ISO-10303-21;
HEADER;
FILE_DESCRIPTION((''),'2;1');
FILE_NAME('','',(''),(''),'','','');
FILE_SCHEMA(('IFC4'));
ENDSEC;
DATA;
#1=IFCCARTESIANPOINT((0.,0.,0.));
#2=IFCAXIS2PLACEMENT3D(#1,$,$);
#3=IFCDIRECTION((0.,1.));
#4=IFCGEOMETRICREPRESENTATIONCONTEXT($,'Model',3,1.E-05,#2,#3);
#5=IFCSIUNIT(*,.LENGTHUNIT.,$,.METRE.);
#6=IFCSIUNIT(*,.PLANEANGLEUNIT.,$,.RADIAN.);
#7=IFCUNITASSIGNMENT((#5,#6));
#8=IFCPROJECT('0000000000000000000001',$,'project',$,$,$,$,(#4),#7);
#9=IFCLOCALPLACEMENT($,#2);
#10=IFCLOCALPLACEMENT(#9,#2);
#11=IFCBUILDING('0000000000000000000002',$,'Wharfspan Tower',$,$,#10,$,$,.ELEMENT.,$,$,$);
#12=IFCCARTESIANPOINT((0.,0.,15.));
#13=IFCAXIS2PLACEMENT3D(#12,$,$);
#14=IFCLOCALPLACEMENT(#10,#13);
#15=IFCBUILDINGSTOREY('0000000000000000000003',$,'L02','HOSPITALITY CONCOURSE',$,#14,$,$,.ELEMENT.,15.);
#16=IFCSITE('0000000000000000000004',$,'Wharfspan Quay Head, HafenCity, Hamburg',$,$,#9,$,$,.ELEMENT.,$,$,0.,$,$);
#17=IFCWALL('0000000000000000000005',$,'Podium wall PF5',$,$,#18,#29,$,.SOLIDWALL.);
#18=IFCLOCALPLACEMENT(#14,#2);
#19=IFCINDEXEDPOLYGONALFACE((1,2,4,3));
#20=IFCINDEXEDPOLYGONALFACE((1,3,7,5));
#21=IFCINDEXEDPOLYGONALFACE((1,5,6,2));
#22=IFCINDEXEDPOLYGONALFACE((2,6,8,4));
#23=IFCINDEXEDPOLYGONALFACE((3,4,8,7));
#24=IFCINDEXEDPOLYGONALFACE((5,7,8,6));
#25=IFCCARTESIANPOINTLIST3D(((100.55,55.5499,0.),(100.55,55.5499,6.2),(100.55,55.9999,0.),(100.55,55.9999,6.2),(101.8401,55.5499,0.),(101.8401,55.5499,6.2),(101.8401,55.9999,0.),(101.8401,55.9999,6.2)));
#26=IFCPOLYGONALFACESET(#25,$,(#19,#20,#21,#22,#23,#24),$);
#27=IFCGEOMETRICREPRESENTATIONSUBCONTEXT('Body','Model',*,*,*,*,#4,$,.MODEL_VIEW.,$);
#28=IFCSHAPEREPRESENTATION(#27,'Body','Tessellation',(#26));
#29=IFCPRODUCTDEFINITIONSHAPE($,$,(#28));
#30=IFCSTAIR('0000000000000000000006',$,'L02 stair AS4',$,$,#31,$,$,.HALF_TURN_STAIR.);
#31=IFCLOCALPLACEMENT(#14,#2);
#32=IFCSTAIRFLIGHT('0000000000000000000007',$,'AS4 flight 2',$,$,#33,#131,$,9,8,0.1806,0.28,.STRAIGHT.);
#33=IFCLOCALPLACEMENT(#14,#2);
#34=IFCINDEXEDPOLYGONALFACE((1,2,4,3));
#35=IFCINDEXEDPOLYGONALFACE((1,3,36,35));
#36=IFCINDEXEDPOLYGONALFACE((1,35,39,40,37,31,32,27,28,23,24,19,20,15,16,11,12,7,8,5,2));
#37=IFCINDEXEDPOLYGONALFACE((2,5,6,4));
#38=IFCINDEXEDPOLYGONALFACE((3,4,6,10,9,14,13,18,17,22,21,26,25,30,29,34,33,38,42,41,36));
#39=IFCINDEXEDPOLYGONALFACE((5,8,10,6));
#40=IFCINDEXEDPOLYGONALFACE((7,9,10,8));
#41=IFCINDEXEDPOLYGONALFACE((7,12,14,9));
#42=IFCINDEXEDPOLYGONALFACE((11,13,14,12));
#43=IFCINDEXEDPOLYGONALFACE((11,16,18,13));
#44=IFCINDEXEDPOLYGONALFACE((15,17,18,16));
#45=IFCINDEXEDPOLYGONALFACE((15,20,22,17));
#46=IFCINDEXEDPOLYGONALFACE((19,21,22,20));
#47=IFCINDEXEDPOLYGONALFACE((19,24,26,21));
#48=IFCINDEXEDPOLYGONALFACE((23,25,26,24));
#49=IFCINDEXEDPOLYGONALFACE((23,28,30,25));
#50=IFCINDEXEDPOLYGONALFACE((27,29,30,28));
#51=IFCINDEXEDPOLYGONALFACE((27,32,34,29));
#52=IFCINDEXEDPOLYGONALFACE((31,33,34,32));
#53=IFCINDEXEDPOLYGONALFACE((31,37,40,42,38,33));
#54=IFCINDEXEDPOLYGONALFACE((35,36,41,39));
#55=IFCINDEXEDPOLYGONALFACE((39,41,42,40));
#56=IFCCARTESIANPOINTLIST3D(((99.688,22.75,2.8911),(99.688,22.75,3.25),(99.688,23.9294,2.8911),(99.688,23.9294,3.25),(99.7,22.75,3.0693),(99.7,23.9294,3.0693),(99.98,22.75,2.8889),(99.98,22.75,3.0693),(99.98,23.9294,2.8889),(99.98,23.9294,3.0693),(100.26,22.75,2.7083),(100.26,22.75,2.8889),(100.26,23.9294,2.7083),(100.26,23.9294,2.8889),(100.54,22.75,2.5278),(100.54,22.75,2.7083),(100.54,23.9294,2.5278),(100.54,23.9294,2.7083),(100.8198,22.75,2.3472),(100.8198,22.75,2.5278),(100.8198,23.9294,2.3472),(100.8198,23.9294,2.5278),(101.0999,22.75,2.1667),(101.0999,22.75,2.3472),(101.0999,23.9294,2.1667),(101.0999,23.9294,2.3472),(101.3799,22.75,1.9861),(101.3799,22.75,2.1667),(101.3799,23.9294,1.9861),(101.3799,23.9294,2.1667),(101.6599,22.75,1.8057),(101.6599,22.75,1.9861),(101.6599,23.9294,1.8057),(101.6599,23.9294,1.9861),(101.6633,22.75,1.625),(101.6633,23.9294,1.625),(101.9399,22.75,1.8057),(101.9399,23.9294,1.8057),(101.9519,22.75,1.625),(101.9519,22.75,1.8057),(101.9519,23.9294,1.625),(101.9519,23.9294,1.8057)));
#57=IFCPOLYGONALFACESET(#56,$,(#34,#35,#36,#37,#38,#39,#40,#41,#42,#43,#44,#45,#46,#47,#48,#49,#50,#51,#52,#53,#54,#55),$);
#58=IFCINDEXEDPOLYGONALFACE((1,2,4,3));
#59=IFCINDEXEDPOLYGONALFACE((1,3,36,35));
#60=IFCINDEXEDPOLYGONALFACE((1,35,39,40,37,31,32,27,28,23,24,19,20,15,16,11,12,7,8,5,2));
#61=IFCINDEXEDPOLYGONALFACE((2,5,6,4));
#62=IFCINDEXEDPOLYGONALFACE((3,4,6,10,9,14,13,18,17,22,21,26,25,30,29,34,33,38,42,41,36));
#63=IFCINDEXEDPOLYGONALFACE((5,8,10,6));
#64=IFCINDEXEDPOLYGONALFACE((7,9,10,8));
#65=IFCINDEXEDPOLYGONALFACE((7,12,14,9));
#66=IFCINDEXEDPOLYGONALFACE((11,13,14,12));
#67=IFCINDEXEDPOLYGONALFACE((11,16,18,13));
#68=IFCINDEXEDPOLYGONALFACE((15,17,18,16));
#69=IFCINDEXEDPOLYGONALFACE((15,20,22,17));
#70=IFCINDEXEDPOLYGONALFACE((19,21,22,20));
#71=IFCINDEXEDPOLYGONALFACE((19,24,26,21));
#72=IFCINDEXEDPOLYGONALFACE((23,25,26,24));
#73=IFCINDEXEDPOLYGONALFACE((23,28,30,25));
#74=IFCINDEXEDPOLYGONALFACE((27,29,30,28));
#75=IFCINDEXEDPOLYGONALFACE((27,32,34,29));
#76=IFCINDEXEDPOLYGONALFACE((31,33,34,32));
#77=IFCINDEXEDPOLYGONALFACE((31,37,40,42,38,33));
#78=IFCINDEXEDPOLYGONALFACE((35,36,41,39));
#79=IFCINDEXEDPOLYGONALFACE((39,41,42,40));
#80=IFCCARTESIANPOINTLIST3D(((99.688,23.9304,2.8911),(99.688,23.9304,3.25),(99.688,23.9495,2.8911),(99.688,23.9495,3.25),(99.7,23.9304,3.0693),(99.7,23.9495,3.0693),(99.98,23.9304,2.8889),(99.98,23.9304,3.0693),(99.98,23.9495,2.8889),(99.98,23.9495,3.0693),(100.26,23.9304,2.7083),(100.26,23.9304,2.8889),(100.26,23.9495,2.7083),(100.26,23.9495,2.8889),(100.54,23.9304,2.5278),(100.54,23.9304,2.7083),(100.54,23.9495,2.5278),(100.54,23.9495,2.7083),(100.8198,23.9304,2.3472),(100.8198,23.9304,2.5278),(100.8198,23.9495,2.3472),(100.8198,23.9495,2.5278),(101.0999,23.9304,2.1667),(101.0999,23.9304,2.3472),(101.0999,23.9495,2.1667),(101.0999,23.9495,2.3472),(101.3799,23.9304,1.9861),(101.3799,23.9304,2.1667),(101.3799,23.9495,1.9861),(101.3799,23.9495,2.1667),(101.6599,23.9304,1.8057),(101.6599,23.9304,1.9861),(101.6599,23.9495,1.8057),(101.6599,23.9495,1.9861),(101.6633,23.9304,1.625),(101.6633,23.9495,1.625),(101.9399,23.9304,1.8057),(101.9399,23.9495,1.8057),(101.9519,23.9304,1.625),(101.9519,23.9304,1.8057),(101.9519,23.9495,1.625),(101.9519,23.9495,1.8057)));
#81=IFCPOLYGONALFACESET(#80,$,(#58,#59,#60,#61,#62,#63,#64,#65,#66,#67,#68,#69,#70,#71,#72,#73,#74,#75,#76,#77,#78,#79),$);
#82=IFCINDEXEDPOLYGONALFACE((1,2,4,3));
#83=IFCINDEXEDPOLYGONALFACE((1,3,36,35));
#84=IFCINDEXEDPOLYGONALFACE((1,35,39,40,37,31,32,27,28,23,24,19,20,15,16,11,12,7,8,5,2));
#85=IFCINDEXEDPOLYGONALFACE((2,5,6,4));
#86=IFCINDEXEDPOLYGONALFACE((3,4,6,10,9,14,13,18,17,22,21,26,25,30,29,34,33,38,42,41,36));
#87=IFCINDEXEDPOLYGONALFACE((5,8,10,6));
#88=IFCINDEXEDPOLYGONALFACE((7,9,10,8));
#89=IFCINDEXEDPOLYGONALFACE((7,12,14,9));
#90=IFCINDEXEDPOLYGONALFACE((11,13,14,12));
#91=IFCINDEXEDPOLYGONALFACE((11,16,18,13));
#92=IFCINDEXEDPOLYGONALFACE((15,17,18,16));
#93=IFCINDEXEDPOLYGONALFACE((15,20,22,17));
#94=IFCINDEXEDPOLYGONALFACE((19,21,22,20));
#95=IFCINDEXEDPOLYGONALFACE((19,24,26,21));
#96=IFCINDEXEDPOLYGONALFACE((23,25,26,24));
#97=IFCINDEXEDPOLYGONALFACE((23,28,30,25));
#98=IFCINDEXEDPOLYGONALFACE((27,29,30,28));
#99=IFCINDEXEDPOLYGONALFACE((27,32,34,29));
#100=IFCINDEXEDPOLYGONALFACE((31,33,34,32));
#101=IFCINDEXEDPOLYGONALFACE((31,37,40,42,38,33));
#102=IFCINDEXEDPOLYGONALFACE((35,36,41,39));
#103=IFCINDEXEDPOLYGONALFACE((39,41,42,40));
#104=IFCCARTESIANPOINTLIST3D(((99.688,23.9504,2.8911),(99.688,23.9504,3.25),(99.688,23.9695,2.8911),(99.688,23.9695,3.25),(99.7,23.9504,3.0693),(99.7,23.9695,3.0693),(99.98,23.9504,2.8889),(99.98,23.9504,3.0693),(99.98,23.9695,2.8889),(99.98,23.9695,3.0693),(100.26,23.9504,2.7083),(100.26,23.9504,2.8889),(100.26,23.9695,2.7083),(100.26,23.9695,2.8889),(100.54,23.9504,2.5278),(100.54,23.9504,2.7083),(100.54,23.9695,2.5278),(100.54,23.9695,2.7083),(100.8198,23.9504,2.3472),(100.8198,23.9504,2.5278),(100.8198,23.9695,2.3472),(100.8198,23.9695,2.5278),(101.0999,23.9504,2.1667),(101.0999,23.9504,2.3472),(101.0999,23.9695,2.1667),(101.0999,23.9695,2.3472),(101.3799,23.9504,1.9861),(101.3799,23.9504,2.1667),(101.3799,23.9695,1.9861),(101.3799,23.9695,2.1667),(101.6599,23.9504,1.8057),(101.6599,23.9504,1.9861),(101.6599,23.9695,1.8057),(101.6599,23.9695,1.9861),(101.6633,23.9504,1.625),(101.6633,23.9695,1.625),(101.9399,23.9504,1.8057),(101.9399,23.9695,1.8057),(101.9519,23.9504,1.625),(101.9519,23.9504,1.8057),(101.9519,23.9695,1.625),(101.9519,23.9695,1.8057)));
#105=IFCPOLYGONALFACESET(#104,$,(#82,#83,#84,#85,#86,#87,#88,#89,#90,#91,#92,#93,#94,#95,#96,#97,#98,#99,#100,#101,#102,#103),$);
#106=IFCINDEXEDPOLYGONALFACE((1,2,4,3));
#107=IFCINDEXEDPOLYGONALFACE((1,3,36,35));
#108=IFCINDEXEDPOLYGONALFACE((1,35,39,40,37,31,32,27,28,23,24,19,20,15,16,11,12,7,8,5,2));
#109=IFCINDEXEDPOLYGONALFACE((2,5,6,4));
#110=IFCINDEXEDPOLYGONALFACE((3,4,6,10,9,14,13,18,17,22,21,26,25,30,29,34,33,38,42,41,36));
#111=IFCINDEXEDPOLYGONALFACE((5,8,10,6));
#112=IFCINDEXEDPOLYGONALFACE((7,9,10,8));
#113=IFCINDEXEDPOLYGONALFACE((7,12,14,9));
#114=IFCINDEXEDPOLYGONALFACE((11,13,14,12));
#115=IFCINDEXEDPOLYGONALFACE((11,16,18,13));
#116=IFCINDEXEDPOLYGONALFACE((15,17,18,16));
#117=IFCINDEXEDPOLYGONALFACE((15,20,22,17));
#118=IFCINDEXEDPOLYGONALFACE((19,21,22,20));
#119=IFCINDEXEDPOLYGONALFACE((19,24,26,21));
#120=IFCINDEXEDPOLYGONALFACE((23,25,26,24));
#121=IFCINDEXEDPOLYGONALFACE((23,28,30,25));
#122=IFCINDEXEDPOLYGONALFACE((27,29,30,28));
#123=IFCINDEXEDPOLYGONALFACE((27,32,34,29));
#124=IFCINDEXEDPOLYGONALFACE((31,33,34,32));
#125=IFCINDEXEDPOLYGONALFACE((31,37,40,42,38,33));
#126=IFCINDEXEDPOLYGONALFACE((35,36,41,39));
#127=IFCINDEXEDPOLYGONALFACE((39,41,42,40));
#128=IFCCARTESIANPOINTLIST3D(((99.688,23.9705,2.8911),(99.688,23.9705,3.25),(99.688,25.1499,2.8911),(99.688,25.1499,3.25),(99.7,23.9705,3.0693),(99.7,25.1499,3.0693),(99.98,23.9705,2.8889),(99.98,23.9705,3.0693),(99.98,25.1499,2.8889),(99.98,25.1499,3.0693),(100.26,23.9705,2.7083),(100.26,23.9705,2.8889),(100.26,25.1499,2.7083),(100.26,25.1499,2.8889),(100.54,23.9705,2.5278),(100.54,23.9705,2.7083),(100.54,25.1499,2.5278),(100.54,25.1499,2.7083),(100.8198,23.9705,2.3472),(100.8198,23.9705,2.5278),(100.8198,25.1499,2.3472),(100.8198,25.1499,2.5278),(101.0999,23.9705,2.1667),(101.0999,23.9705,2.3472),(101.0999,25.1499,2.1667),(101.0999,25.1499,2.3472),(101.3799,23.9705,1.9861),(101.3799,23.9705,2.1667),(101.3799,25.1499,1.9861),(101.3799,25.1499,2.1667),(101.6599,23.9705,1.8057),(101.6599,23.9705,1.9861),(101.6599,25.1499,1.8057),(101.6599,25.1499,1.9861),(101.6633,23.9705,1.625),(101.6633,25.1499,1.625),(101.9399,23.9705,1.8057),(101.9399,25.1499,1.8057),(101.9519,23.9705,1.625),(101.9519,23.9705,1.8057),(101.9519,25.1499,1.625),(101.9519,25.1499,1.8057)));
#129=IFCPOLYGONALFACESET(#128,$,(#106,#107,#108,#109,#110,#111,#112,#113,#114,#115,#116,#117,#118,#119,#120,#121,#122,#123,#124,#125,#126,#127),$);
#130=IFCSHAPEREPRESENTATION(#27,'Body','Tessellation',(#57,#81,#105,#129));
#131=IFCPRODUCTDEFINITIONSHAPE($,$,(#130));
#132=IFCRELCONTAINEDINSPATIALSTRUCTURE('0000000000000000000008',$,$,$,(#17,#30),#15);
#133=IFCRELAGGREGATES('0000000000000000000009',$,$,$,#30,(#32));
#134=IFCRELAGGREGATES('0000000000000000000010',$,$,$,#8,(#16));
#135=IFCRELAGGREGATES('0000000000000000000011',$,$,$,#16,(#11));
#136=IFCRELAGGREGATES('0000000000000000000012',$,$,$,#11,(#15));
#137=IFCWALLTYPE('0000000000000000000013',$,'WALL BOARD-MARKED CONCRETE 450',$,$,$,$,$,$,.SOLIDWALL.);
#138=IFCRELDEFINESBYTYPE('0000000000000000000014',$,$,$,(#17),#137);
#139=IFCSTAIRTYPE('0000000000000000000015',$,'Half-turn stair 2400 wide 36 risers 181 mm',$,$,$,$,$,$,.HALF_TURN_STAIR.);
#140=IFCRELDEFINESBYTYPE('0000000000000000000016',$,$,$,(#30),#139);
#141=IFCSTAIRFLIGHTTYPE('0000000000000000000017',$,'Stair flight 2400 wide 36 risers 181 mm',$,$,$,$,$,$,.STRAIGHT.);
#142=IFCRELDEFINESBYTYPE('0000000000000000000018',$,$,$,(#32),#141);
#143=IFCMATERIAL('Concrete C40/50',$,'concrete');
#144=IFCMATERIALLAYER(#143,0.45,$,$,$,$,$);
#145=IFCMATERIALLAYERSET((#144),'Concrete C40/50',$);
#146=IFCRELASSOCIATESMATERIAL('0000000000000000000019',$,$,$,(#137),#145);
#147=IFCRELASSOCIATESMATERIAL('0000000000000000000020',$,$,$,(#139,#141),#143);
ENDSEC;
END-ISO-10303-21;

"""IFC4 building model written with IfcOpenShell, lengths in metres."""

from ifc_helpers import new_model, si_unit, direction, frame, frame_2d, origin, place, context, subcontext, project, spatial, polyline, rectangle, outline, extrude, material, layer, layer_set, type_object, element, aggregate, save


model = new_model("IFC4")

# Units and contexts
model_context = context("Model", 3, precision=1e-05, world=origin(), true_north=direction((0.0, 1.0)))
body_context = subcontext(model_context, "Body", "Model", "MODEL_VIEW")
ifc_project = project(units=[si_unit("LENGTHUNIT", "METRE"), si_unit("PLANEANGLEUNIT", "RADIAN")], contexts=[model_context])

# Site, building, storey
site_placement = place(None, origin())
site = spatial("IfcSite", under=ifc_project, at=site_placement, Name="Wharfspan Quay Head, HafenCity, Hamburg", CompositionType="ELEMENT", RefElevation=0.0)
building_placement = place(site_placement, origin())
building = spatial("IfcBuilding", under=site, at=building_placement, Name="Wharfspan Tower", CompositionType="ELEMENT")
storey_placement = place(building_placement, frame((0.0, 0.0, 15.0)))
storey = spatial("IfcBuildingStorey", under=building, at=storey_placement, Name="L02", Description="HOSPITALITY CONCOURSE", CompositionType="ELEMENT", Elevation=15.0)

# Wall
ifc_material_1 = material(Name="Concrete C40/50", Category="concrete")
ifc_layer_1 = layer(ifc_material_1, 0.45)
ifc_layer_set_1 = layer_set([ifc_layer_1], Name="Concrete C40/50")
wall_type_1 = type_object("IfcWallType", Name="WALL BOARD-MARKED CONCRETE 450", PredefinedType="SOLIDWALL", material=ifc_layer_set_1)
wall_1_placement = place(storey_placement, frame((101.8401, 55.7749, 0.0), z_axis=(0.0, 0.0, 1.0), x_axis=(-1.0, 0.0, 0.0)))
element("IfcWall", 1, at=wall_1_placement, inside=storey, type_object=wall_type_1, Name="Podium wall PF5", PredefinedType="SOLIDWALL", context=body_context, shape_type="SweptSolid", body=[
    extrude(rectangle(XDim=1.29, YDim=0.45, at=frame_2d((0.645, 0.0))), origin(), (0.0, 0.0, 1.0), 6.2),
])

# Stair, stair flight
stair_type = type_object("IfcStairType", Name="Half-turn stair 2400 wide 36 risers 181 mm", PredefinedType="HALF_TURN_STAIR", material=ifc_material_1)
stair_placement = place(storey_placement, origin())
stair = element("IfcStair", 2, at=stair_placement, inside=storey, type_object=stair_type, Name="L02 stair AS4", PredefinedType="HALF_TURN_STAIR")
stair_flight_type = type_object("IfcStairFlightType", Name="Stair flight 2400 wide 36 risers 181 mm", PredefinedType="STRAIGHT", material=ifc_material_1)
stair_flight_1_placement = place(storey_placement, frame((101.9399, 23.95, 1.625), z_axis=(0.0, 0.0, 1.0), x_axis=(-1.0, 0.0, 0.0)))
stair_flight_1 = element("IfcStairFlight", 3, at=stair_flight_1_placement, type_object=stair_flight_type, Name="AS4 flight 2", NumberOfRisers=9, NumberOfTreads=8, PredefinedType="STRAIGHT", RiserHeight=0.1806, TreadLength=0.28, context=body_context, shape_type="SweptSolid", body=[
    extrude(outline(polyline([(-0.012, 0.0), (-0.012, 0.1807), (0.0, 0.1807), (0.28, 0.1807), (0.28, 0.3611), (0.5601, 0.3611), (0.5601, 0.5417), (0.8401, 0.5417), (0.8401, 0.7222), (1.1201, 0.7222), (1.1201, 0.9028), (1.3999, 0.9028), (1.3999, 1.0833), (1.6799, 1.0833), (1.6799, 1.2639), (1.96, 1.2639), (1.96, 1.4443), (2.24, 1.4443), (2.252, 1.625), (2.252, 1.2661), (0.2766, 0.0), (-0.012, 0.0)])), frame((0.0, 1.2, 0.0), z_axis=(0.0, -1.0, 0.0), x_axis=(1.0, 0.0, 0.0)), (0.0, 0.0, 1.0), 1.1794),
    extrude(outline(polyline([(-0.012, 0.0), (-0.012, 0.1807), (0.0, 0.1807), (0.28, 0.1807), (0.28, 0.3611), (0.5601, 0.3611), (0.5601, 0.5417), (0.8401, 0.5417), (0.8401, 0.7222), (1.1201, 0.7222), (1.1201, 0.9028), (1.3999, 0.9028), (1.3999, 1.0833), (1.6799, 1.0833), (1.6799, 1.2639), (1.96, 1.2639), (1.96, 1.4443), (2.24, 1.4443), (2.252, 1.625), (2.252, 1.2661), (0.2766, 0.0), (-0.012, 0.0)])), frame((0.0, 0.0195, 0.0), z_axis=(0.0, -1.0, 0.0), x_axis=(1.0, 0.0, 0.0)), (0.0, 0.0, 1.0), 0.019),
    extrude(outline(polyline([(-0.012, 0.0), (-0.012, 0.1807), (0.0, 0.1807), (0.28, 0.1807), (0.28, 0.3611), (0.5601, 0.3611), (0.5601, 0.5417), (0.8401, 0.5417), (0.8401, 0.7222), (1.1201, 0.7222), (1.1201, 0.9028), (1.3999, 0.9028), (1.3999, 1.0833), (1.6799, 1.0833), (1.6799, 1.2639), (1.96, 1.2639), (1.96, 1.4443), (2.24, 1.4443), (2.252, 1.625), (2.252, 1.2661), (0.2766, 0.0), (-0.012, 0.0)])), frame((0.0, -0.0005, 0.0), z_axis=(0.0, -1.0, 0.0), x_axis=(1.0, 0.0, 0.0)), (0.0, 0.0, 1.0), 0.019),
    extrude(outline(polyline([(-0.012, 0.0), (-0.012, 0.1807), (0.0, 0.1807), (0.28, 0.1807), (0.28, 0.3611), (0.5601, 0.3611), (0.5601, 0.5417), (0.8401, 0.5417), (0.8401, 0.7222), (1.1201, 0.7222), (1.1201, 0.9028), (1.3999, 0.9028), (1.3999, 1.0833), (1.6799, 1.0833), (1.6799, 1.2639), (1.96, 1.2639), (1.96, 1.4443), (2.24, 1.4443), (2.252, 1.625), (2.252, 1.2661), (0.2766, 0.0), (-0.012, 0.0)])), frame((0.0, -0.0205, 0.0), z_axis=(0.0, -1.0, 0.0), x_axis=(1.0, 0.0, 0.0)), (0.0, 0.0, 1.0), 1.1794),
])
aggregate(stair, [stair_flight_1])

save(model, "model.ifc")
